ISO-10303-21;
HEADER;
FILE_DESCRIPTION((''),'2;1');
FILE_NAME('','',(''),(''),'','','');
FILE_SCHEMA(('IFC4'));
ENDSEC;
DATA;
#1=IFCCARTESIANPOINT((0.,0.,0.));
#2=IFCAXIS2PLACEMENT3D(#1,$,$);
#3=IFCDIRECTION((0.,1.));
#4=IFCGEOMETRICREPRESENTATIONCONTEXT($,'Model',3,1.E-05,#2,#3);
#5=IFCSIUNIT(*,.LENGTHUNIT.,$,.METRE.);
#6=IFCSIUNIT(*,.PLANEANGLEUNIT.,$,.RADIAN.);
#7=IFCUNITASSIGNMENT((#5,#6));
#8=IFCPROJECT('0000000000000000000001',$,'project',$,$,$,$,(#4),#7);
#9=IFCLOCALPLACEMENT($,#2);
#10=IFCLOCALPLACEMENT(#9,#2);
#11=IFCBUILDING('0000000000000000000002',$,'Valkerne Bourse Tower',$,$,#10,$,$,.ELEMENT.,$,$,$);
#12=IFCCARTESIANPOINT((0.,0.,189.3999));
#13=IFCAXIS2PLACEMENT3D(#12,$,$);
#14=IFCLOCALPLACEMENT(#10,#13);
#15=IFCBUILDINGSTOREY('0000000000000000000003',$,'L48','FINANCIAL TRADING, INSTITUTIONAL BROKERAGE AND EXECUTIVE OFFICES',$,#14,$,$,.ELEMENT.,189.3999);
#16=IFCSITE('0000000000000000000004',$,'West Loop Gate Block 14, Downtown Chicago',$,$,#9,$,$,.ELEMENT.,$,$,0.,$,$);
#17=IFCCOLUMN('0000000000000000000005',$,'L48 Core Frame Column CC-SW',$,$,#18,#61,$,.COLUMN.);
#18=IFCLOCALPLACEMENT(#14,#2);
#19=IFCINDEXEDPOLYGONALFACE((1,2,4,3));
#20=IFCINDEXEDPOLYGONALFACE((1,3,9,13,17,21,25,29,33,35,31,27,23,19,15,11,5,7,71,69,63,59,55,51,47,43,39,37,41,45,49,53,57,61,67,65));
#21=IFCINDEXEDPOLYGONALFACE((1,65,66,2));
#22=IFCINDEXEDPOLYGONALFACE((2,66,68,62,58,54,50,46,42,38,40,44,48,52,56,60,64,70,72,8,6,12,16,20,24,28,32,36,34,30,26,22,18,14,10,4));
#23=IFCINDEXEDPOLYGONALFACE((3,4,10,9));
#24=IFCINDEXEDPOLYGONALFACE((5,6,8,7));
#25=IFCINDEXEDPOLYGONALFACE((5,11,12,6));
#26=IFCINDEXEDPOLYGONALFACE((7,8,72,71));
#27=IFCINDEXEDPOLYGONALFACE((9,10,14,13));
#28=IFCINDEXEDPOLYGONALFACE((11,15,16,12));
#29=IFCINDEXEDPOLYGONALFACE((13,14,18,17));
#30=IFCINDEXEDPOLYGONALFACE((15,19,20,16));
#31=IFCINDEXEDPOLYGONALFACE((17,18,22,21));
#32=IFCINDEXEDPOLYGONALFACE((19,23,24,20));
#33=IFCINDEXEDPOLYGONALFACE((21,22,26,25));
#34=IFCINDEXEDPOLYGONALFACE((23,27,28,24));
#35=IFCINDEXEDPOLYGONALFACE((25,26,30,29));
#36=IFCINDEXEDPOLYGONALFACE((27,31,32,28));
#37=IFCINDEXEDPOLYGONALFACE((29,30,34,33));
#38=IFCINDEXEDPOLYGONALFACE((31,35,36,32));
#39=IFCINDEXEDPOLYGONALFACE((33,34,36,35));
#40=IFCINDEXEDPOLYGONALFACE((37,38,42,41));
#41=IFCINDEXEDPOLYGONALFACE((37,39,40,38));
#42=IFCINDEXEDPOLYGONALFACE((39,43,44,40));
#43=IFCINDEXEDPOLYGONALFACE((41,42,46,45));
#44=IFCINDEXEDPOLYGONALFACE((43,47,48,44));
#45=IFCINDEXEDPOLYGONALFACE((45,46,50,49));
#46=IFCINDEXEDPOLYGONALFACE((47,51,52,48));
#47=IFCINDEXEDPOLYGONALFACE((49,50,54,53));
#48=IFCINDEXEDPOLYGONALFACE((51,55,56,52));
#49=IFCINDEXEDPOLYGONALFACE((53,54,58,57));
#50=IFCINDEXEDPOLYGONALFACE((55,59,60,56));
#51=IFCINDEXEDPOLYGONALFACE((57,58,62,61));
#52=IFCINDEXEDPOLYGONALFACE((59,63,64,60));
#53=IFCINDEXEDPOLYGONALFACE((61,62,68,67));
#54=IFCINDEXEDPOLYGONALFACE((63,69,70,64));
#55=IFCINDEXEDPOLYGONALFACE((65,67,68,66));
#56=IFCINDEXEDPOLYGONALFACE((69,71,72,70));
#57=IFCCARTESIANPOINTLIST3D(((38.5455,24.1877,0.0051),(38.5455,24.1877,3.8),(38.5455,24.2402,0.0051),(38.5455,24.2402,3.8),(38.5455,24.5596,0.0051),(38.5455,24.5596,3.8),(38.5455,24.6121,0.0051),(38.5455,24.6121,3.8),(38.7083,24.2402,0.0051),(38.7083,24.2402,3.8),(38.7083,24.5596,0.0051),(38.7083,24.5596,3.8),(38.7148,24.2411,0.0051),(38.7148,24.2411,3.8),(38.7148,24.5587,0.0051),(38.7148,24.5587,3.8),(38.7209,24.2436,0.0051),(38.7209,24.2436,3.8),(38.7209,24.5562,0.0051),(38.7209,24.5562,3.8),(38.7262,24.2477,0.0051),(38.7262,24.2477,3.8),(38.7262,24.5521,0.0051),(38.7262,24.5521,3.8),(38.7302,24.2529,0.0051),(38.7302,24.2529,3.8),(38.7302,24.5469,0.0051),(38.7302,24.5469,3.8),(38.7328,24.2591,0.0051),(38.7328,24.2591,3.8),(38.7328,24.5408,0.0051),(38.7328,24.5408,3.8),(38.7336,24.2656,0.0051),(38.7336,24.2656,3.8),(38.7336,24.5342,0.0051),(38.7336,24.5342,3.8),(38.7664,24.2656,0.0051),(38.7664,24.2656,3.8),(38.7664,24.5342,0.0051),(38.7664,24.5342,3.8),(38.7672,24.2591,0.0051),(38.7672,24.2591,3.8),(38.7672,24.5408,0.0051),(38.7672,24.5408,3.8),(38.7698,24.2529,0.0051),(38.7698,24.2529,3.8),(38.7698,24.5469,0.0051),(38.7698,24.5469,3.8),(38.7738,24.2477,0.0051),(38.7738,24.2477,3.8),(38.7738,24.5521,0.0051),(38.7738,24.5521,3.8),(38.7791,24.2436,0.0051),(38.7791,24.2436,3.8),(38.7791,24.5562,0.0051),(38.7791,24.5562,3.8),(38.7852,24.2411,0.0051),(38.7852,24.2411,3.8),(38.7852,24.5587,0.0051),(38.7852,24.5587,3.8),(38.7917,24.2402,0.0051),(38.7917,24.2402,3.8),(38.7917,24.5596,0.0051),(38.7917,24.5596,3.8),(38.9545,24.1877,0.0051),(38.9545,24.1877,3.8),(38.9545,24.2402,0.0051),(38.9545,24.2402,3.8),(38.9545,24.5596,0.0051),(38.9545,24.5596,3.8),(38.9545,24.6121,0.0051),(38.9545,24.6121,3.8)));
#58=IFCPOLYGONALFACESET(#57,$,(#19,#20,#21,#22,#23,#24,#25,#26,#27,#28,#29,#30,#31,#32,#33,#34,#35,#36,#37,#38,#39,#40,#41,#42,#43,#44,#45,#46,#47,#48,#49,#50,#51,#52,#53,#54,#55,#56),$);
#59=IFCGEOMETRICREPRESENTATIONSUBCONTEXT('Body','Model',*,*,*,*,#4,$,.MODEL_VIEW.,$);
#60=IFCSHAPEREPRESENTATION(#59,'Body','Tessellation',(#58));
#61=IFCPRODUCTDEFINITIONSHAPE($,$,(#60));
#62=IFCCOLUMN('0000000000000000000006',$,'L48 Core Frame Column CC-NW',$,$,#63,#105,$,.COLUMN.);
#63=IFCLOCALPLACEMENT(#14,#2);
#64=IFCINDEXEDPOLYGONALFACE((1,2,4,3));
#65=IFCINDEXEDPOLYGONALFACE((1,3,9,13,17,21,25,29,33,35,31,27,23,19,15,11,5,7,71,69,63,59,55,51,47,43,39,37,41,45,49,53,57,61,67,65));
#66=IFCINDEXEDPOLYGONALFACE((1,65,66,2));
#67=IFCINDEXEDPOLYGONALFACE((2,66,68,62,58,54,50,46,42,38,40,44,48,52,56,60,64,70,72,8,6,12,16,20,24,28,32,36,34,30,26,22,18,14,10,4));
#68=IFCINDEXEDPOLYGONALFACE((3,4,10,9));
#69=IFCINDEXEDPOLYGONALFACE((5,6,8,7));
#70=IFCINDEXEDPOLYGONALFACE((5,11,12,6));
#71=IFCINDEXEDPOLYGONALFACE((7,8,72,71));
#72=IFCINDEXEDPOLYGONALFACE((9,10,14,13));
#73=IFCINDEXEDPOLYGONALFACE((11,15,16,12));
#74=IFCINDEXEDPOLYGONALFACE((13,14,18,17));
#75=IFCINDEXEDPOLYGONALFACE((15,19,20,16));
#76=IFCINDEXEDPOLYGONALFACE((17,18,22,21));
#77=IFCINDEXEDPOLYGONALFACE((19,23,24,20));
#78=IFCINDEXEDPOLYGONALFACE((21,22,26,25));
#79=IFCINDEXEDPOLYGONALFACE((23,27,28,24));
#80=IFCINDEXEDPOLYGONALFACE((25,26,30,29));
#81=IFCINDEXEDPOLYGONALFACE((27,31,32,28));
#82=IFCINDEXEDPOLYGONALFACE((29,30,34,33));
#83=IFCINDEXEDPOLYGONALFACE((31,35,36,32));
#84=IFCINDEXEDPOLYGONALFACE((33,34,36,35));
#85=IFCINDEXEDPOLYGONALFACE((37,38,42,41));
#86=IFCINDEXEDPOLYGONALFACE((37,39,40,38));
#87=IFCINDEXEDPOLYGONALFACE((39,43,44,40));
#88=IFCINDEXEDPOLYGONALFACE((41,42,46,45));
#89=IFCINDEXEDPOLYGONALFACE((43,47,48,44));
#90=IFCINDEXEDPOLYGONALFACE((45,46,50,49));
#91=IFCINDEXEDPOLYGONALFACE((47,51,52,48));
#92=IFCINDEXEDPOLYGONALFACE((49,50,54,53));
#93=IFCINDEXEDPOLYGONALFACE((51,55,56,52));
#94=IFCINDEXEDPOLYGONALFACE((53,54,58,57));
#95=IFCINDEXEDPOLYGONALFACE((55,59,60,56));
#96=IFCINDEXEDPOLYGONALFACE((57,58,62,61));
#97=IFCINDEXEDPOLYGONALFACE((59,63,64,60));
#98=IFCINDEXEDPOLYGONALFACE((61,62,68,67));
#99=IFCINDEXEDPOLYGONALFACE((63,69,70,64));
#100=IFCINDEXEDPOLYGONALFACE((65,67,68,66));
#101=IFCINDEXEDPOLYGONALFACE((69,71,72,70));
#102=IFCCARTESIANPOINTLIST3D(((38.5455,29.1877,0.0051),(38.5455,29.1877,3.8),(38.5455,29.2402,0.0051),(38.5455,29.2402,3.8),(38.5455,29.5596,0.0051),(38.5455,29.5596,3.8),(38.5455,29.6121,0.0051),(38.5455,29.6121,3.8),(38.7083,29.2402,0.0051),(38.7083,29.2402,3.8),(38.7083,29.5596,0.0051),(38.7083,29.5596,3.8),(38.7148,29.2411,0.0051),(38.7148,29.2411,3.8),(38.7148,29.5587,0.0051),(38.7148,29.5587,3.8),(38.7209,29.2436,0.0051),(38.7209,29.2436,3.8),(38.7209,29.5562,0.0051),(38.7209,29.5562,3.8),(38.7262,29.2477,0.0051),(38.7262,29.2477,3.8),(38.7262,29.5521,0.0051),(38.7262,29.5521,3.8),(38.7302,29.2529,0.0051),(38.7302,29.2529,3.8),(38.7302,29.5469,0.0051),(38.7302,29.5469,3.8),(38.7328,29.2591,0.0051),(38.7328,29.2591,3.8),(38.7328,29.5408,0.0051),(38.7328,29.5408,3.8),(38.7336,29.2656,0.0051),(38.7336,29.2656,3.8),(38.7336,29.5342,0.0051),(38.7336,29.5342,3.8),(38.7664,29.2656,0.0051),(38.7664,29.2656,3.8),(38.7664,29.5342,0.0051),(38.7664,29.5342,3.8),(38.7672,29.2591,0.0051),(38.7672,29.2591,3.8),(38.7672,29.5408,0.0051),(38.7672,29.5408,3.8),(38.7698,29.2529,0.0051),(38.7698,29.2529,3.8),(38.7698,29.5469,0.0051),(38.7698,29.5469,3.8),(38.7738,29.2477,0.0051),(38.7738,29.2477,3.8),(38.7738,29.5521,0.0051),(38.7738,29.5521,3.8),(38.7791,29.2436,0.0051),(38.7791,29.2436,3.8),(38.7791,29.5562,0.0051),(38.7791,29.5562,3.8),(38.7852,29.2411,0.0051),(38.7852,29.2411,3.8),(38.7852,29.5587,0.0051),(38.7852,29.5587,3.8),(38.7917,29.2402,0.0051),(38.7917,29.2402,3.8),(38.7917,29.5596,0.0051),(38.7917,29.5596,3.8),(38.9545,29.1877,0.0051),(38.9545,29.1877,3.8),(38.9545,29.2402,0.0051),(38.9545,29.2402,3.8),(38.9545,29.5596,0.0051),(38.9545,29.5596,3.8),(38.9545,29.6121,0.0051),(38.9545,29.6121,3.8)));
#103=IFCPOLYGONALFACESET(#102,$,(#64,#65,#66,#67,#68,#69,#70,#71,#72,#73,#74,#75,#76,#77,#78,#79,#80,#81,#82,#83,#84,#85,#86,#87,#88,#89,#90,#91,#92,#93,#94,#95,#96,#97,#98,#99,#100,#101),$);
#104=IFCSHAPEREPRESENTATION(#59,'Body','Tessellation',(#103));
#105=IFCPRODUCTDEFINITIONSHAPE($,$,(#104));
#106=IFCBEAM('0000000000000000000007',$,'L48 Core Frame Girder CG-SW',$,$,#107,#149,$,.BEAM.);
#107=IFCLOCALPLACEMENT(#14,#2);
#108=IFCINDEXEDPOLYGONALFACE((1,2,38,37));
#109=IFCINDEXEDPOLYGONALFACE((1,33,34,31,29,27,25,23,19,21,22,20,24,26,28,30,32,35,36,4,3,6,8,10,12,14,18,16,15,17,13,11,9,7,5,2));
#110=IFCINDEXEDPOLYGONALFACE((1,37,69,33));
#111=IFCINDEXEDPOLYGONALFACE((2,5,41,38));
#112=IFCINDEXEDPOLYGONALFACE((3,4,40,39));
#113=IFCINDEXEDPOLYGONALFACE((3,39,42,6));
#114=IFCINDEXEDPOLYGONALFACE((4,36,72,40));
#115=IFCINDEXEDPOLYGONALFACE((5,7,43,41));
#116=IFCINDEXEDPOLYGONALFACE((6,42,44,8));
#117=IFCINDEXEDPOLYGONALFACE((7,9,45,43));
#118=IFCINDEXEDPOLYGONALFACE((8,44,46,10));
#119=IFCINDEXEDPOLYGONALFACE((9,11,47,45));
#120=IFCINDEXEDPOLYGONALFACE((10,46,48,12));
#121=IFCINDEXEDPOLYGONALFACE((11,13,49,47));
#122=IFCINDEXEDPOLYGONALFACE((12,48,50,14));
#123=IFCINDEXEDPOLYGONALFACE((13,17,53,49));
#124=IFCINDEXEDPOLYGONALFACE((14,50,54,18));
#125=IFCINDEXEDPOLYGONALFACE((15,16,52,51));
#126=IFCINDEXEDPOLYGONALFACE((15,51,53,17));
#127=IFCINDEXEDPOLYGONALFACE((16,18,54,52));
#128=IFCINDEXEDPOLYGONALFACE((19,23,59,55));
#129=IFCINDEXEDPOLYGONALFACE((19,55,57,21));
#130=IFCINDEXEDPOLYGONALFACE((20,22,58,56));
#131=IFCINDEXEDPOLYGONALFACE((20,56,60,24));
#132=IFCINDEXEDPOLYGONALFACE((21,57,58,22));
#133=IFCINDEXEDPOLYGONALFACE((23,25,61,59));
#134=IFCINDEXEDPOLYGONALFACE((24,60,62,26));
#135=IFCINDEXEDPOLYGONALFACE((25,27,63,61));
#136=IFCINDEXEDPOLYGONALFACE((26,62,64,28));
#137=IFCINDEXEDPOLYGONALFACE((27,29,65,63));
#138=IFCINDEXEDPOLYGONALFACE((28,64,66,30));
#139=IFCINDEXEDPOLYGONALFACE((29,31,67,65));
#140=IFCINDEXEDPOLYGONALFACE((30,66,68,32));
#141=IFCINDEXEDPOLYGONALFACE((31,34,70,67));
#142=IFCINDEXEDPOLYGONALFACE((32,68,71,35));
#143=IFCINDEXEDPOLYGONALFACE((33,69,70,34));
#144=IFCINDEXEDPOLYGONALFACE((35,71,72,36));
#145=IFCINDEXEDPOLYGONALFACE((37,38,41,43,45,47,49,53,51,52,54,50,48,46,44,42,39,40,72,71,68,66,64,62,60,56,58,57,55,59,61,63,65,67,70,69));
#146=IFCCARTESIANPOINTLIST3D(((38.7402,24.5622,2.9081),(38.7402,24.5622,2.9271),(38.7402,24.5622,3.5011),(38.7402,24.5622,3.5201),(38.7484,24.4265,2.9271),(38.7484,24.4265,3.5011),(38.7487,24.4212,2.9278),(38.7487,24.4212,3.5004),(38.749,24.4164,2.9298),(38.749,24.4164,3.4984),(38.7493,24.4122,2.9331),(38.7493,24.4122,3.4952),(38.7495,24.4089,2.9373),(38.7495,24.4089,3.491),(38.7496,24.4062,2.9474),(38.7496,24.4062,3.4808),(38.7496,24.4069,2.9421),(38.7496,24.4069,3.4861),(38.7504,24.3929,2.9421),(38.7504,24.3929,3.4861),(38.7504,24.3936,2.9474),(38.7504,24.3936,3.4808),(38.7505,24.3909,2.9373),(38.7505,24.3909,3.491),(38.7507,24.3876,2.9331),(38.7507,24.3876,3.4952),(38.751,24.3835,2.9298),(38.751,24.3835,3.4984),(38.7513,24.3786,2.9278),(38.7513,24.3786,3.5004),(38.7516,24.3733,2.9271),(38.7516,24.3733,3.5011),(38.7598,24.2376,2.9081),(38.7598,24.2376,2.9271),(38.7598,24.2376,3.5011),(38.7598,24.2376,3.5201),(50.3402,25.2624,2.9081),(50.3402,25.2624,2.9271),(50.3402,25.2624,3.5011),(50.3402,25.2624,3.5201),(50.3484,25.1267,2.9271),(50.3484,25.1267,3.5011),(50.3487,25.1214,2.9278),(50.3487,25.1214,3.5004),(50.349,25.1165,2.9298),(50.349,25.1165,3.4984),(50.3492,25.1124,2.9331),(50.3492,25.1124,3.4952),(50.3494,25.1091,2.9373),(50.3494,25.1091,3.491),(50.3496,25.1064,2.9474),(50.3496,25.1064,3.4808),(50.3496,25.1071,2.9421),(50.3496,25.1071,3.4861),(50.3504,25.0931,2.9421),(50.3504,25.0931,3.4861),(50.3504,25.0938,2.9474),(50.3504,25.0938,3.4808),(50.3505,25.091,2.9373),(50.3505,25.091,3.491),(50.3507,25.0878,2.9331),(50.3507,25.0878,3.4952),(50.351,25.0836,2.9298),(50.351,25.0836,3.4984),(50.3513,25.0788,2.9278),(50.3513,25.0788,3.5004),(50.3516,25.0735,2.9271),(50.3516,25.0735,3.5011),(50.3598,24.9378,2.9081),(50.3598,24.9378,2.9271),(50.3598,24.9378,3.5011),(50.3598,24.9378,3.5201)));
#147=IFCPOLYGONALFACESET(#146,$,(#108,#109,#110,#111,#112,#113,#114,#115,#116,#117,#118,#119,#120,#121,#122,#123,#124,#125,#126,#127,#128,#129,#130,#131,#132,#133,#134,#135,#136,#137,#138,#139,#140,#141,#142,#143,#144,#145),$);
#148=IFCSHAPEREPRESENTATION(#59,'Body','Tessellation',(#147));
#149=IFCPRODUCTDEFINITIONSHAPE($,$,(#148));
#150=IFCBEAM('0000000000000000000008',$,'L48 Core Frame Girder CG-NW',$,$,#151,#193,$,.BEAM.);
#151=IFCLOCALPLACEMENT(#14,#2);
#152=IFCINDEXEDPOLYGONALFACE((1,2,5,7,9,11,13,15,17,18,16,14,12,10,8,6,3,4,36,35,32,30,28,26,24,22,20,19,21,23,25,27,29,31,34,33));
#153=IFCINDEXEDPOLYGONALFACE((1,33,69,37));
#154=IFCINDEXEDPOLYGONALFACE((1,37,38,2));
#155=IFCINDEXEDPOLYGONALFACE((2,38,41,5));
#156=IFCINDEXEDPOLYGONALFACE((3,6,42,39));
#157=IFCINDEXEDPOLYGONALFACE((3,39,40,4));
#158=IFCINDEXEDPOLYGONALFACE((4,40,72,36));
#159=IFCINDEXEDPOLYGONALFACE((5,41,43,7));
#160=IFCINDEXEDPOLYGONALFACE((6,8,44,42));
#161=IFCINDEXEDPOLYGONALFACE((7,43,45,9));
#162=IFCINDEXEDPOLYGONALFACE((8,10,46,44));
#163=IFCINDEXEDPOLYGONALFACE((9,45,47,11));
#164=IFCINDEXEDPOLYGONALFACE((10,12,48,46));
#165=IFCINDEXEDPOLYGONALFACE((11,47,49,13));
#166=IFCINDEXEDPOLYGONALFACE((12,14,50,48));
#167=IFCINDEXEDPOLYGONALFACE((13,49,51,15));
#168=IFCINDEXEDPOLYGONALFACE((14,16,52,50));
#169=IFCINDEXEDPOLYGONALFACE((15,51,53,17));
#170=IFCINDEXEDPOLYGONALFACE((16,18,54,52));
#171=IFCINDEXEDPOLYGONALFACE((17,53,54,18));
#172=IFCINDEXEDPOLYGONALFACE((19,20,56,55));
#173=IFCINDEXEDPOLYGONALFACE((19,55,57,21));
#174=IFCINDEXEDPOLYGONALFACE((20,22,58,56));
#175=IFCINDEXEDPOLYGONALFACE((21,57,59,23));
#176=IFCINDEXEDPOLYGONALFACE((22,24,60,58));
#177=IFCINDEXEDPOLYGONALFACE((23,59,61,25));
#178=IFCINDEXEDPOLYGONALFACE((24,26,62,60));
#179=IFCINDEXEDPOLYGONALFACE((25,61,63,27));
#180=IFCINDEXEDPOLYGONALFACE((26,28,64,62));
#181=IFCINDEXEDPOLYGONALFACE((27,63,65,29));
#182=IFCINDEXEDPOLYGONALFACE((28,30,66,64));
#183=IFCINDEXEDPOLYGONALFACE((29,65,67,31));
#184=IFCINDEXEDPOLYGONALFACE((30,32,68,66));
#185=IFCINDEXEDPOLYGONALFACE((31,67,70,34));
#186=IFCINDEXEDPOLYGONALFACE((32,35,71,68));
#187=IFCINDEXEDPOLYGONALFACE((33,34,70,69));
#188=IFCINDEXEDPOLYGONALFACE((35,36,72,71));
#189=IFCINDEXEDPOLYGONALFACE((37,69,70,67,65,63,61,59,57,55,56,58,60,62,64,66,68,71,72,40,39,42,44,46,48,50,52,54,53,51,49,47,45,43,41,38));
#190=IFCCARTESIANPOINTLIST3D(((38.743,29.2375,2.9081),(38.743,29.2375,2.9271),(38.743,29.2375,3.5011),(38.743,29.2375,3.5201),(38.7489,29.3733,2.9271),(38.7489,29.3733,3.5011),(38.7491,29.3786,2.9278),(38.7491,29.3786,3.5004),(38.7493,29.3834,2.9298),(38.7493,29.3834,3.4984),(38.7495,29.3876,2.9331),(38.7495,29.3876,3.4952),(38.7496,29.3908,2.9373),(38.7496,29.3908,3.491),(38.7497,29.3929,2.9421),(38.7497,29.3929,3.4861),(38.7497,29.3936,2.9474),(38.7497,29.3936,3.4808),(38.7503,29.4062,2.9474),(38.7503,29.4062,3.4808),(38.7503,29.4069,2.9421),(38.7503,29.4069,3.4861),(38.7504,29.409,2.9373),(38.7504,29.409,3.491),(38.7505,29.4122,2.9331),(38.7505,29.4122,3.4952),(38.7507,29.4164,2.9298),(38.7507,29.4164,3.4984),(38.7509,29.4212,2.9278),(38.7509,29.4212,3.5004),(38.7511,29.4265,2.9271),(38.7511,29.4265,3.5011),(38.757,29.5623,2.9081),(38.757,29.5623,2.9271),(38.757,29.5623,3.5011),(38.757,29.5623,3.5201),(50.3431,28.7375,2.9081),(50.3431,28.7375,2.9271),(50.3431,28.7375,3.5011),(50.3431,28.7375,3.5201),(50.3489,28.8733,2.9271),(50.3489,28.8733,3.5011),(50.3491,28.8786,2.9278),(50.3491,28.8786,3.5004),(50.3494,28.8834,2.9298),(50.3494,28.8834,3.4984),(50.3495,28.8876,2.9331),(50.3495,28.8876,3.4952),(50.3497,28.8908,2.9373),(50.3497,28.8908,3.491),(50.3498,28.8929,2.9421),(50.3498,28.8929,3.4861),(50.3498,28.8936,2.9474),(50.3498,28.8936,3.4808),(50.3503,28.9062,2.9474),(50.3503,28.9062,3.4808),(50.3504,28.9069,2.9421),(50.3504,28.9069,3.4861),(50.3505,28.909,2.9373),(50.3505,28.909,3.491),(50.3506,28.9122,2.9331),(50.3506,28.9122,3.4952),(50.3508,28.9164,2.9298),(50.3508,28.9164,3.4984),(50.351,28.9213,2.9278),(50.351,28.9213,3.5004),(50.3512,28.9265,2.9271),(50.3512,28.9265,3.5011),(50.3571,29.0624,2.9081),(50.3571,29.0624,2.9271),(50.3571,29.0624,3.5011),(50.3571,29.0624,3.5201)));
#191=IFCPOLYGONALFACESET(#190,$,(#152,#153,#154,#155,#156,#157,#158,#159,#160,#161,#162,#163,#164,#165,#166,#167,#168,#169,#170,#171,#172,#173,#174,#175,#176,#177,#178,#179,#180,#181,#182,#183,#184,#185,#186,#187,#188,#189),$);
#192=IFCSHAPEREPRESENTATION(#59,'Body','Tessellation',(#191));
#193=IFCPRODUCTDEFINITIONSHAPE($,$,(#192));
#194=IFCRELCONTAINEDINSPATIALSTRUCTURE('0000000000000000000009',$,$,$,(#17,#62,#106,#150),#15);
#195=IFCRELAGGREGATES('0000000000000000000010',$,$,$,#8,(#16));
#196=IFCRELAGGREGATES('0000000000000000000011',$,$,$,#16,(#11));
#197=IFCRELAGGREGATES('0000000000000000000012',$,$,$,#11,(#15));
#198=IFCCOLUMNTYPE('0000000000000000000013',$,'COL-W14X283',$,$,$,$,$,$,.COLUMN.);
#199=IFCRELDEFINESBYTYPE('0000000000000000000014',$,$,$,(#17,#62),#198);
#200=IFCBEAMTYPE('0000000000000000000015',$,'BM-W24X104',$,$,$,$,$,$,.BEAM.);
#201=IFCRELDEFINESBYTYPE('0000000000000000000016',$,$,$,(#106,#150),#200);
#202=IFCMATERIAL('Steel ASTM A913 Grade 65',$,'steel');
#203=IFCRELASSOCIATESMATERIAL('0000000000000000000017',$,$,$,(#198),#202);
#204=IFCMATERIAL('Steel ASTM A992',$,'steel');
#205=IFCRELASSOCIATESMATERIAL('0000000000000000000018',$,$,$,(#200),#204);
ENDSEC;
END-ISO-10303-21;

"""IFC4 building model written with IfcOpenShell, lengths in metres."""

from ifc_helpers import new_model, si_unit, direction, frame, origin, origin_2d, place, context, subcontext, project, spatial, i_section, extrude, material, material_profile, profile_set, type_object, element, save


model = new_model("IFC4")

# Units and contexts
model_context = context("Model", 3, precision=1e-05, world=origin(), true_north=direction((0.0, 1.0)))
body_context = subcontext(model_context, "Body", "Model", "MODEL_VIEW")
ifc_project = project(units=[si_unit("LENGTHUNIT", "METRE"), si_unit("PLANEANGLEUNIT", "RADIAN")], contexts=[model_context])

# Site, building, storey
site_placement = place(None, origin())
site = spatial("IfcSite", under=ifc_project, at=site_placement, Name="West Loop Gate Block 14, Downtown Chicago", CompositionType="ELEMENT", RefElevation=0.0)
building_placement = place(site_placement, origin())
building = spatial("IfcBuilding", under=site, at=building_placement, Name="Valkerne Bourse Tower", CompositionType="ELEMENT")
storey_placement = place(building_placement, frame((0.0, 0.0, 189.3999)))
storey = spatial("IfcBuildingStorey", under=building, at=storey_placement, Name="L48", Description="FINANCIAL TRADING, INSTITUTIONAL BROKERAGE AND EXECUTIVE OFFICES", CompositionType="ELEMENT", Elevation=189.3999)

# Columns
ifc_material_1 = material(Name="Steel ASTM A913 Grade 65", Category="steel")
ifc_material_profile_1 = material_profile(ifc_material_1, i_section(OverallWidth=0.4089, OverallDepth=0.4243, WebThickness=0.0327, FlangeThickness=0.0525, FilletRadius=0.0254, at=origin_2d()), Name="W14X283")
ifc_profile_set_1 = profile_set([ifc_material_profile_1], Name="Steel ASTM A913 Grade 65")
column_type = type_object("IfcColumnType", Name="COL-W14X283", PredefinedType="COLUMN", material=ifc_profile_set_1)
for number, where, z_axis, x_axis, name in (
    (1, (38.75, 24.3999, 0.0051), (0.0, 0.0, 1.0), (1.0, 0.0, 0.0), "L48 Core Frame Column CC-SW"),
    (2, (38.75, 29.3999, 0.0051), (0.0, 0.0, 1.0), (1.0, 0.0, 0.0), "L48 Core Frame Column CC-NW"),
):
    element("IfcColumn", number, at=place(storey_placement, frame(where, z_axis=z_axis, x_axis=x_axis)), inside=storey, type_object=column_type, Name=name, PredefinedType="COLUMN", context=body_context, shape_type="SweptSolid", body=[
        extrude(i_section(OverallWidth=0.4089, OverallDepth=0.4243, WebThickness=0.0327, FlangeThickness=0.0525, FilletRadius=0.0254, at=origin_2d()), origin(), (0.0, 0.0, 1.0), 3.7949),
    ])

# Beams
ifc_material_2 = material(Name="Steel ASTM A992", Category="steel")
ifc_material_profile_2 = material_profile(ifc_material_2, i_section(OverallWidth=0.3252, OverallDepth=0.6121, WebThickness=0.0127, FlangeThickness=0.019, FilletRadius=0.0203, at=origin_2d()), Name="W24X104")
ifc_profile_set_2 = profile_set([ifc_material_profile_2], Name="Steel ASTM A992")
beam_type = type_object("IfcBeamType", Name="BM-W24X104", PredefinedType="BEAM", material=ifc_profile_set_2)
beam_1_placement = place(storey_placement, frame((38.75, 24.3999, 3.2141), z_axis=(0.998183, 0.060251, 0.0), x_axis=(-0.060251, 0.998183, 0.0)))
element("IfcBeam", 3, at=beam_1_placement, inside=storey, type_object=beam_type, Name="L48 Core Frame Girder CG-SW", PredefinedType="BEAM", context=body_context, shape_type="SweptSolid", body=[
    extrude(i_section(OverallWidth=0.3252, OverallDepth=0.6121, WebThickness=0.0127, FlangeThickness=0.019, FilletRadius=0.0203, at=origin_2d()), origin(), (0.0, 0.0, 1.0), 11.6211),
])
beam_2_placement = place(storey_placement, frame((38.75, 29.3999, 3.2141), z_axis=(0.999072, -0.043063, 0.0), x_axis=(0.043063, 0.999072, 0.0)))
element("IfcBeam", 4, at=beam_2_placement, inside=storey, type_object=beam_type, Name="L48 Core Frame Girder CG-NW", PredefinedType="BEAM", context=body_context, shape_type="SweptSolid", body=[
    extrude(i_section(OverallWidth=0.3252, OverallDepth=0.6121, WebThickness=0.0127, FlangeThickness=0.019, FilletRadius=0.0203, at=origin_2d()), origin(), (0.0, 0.0, 1.0), 11.6108),
])

save(model, "model.ifc")
